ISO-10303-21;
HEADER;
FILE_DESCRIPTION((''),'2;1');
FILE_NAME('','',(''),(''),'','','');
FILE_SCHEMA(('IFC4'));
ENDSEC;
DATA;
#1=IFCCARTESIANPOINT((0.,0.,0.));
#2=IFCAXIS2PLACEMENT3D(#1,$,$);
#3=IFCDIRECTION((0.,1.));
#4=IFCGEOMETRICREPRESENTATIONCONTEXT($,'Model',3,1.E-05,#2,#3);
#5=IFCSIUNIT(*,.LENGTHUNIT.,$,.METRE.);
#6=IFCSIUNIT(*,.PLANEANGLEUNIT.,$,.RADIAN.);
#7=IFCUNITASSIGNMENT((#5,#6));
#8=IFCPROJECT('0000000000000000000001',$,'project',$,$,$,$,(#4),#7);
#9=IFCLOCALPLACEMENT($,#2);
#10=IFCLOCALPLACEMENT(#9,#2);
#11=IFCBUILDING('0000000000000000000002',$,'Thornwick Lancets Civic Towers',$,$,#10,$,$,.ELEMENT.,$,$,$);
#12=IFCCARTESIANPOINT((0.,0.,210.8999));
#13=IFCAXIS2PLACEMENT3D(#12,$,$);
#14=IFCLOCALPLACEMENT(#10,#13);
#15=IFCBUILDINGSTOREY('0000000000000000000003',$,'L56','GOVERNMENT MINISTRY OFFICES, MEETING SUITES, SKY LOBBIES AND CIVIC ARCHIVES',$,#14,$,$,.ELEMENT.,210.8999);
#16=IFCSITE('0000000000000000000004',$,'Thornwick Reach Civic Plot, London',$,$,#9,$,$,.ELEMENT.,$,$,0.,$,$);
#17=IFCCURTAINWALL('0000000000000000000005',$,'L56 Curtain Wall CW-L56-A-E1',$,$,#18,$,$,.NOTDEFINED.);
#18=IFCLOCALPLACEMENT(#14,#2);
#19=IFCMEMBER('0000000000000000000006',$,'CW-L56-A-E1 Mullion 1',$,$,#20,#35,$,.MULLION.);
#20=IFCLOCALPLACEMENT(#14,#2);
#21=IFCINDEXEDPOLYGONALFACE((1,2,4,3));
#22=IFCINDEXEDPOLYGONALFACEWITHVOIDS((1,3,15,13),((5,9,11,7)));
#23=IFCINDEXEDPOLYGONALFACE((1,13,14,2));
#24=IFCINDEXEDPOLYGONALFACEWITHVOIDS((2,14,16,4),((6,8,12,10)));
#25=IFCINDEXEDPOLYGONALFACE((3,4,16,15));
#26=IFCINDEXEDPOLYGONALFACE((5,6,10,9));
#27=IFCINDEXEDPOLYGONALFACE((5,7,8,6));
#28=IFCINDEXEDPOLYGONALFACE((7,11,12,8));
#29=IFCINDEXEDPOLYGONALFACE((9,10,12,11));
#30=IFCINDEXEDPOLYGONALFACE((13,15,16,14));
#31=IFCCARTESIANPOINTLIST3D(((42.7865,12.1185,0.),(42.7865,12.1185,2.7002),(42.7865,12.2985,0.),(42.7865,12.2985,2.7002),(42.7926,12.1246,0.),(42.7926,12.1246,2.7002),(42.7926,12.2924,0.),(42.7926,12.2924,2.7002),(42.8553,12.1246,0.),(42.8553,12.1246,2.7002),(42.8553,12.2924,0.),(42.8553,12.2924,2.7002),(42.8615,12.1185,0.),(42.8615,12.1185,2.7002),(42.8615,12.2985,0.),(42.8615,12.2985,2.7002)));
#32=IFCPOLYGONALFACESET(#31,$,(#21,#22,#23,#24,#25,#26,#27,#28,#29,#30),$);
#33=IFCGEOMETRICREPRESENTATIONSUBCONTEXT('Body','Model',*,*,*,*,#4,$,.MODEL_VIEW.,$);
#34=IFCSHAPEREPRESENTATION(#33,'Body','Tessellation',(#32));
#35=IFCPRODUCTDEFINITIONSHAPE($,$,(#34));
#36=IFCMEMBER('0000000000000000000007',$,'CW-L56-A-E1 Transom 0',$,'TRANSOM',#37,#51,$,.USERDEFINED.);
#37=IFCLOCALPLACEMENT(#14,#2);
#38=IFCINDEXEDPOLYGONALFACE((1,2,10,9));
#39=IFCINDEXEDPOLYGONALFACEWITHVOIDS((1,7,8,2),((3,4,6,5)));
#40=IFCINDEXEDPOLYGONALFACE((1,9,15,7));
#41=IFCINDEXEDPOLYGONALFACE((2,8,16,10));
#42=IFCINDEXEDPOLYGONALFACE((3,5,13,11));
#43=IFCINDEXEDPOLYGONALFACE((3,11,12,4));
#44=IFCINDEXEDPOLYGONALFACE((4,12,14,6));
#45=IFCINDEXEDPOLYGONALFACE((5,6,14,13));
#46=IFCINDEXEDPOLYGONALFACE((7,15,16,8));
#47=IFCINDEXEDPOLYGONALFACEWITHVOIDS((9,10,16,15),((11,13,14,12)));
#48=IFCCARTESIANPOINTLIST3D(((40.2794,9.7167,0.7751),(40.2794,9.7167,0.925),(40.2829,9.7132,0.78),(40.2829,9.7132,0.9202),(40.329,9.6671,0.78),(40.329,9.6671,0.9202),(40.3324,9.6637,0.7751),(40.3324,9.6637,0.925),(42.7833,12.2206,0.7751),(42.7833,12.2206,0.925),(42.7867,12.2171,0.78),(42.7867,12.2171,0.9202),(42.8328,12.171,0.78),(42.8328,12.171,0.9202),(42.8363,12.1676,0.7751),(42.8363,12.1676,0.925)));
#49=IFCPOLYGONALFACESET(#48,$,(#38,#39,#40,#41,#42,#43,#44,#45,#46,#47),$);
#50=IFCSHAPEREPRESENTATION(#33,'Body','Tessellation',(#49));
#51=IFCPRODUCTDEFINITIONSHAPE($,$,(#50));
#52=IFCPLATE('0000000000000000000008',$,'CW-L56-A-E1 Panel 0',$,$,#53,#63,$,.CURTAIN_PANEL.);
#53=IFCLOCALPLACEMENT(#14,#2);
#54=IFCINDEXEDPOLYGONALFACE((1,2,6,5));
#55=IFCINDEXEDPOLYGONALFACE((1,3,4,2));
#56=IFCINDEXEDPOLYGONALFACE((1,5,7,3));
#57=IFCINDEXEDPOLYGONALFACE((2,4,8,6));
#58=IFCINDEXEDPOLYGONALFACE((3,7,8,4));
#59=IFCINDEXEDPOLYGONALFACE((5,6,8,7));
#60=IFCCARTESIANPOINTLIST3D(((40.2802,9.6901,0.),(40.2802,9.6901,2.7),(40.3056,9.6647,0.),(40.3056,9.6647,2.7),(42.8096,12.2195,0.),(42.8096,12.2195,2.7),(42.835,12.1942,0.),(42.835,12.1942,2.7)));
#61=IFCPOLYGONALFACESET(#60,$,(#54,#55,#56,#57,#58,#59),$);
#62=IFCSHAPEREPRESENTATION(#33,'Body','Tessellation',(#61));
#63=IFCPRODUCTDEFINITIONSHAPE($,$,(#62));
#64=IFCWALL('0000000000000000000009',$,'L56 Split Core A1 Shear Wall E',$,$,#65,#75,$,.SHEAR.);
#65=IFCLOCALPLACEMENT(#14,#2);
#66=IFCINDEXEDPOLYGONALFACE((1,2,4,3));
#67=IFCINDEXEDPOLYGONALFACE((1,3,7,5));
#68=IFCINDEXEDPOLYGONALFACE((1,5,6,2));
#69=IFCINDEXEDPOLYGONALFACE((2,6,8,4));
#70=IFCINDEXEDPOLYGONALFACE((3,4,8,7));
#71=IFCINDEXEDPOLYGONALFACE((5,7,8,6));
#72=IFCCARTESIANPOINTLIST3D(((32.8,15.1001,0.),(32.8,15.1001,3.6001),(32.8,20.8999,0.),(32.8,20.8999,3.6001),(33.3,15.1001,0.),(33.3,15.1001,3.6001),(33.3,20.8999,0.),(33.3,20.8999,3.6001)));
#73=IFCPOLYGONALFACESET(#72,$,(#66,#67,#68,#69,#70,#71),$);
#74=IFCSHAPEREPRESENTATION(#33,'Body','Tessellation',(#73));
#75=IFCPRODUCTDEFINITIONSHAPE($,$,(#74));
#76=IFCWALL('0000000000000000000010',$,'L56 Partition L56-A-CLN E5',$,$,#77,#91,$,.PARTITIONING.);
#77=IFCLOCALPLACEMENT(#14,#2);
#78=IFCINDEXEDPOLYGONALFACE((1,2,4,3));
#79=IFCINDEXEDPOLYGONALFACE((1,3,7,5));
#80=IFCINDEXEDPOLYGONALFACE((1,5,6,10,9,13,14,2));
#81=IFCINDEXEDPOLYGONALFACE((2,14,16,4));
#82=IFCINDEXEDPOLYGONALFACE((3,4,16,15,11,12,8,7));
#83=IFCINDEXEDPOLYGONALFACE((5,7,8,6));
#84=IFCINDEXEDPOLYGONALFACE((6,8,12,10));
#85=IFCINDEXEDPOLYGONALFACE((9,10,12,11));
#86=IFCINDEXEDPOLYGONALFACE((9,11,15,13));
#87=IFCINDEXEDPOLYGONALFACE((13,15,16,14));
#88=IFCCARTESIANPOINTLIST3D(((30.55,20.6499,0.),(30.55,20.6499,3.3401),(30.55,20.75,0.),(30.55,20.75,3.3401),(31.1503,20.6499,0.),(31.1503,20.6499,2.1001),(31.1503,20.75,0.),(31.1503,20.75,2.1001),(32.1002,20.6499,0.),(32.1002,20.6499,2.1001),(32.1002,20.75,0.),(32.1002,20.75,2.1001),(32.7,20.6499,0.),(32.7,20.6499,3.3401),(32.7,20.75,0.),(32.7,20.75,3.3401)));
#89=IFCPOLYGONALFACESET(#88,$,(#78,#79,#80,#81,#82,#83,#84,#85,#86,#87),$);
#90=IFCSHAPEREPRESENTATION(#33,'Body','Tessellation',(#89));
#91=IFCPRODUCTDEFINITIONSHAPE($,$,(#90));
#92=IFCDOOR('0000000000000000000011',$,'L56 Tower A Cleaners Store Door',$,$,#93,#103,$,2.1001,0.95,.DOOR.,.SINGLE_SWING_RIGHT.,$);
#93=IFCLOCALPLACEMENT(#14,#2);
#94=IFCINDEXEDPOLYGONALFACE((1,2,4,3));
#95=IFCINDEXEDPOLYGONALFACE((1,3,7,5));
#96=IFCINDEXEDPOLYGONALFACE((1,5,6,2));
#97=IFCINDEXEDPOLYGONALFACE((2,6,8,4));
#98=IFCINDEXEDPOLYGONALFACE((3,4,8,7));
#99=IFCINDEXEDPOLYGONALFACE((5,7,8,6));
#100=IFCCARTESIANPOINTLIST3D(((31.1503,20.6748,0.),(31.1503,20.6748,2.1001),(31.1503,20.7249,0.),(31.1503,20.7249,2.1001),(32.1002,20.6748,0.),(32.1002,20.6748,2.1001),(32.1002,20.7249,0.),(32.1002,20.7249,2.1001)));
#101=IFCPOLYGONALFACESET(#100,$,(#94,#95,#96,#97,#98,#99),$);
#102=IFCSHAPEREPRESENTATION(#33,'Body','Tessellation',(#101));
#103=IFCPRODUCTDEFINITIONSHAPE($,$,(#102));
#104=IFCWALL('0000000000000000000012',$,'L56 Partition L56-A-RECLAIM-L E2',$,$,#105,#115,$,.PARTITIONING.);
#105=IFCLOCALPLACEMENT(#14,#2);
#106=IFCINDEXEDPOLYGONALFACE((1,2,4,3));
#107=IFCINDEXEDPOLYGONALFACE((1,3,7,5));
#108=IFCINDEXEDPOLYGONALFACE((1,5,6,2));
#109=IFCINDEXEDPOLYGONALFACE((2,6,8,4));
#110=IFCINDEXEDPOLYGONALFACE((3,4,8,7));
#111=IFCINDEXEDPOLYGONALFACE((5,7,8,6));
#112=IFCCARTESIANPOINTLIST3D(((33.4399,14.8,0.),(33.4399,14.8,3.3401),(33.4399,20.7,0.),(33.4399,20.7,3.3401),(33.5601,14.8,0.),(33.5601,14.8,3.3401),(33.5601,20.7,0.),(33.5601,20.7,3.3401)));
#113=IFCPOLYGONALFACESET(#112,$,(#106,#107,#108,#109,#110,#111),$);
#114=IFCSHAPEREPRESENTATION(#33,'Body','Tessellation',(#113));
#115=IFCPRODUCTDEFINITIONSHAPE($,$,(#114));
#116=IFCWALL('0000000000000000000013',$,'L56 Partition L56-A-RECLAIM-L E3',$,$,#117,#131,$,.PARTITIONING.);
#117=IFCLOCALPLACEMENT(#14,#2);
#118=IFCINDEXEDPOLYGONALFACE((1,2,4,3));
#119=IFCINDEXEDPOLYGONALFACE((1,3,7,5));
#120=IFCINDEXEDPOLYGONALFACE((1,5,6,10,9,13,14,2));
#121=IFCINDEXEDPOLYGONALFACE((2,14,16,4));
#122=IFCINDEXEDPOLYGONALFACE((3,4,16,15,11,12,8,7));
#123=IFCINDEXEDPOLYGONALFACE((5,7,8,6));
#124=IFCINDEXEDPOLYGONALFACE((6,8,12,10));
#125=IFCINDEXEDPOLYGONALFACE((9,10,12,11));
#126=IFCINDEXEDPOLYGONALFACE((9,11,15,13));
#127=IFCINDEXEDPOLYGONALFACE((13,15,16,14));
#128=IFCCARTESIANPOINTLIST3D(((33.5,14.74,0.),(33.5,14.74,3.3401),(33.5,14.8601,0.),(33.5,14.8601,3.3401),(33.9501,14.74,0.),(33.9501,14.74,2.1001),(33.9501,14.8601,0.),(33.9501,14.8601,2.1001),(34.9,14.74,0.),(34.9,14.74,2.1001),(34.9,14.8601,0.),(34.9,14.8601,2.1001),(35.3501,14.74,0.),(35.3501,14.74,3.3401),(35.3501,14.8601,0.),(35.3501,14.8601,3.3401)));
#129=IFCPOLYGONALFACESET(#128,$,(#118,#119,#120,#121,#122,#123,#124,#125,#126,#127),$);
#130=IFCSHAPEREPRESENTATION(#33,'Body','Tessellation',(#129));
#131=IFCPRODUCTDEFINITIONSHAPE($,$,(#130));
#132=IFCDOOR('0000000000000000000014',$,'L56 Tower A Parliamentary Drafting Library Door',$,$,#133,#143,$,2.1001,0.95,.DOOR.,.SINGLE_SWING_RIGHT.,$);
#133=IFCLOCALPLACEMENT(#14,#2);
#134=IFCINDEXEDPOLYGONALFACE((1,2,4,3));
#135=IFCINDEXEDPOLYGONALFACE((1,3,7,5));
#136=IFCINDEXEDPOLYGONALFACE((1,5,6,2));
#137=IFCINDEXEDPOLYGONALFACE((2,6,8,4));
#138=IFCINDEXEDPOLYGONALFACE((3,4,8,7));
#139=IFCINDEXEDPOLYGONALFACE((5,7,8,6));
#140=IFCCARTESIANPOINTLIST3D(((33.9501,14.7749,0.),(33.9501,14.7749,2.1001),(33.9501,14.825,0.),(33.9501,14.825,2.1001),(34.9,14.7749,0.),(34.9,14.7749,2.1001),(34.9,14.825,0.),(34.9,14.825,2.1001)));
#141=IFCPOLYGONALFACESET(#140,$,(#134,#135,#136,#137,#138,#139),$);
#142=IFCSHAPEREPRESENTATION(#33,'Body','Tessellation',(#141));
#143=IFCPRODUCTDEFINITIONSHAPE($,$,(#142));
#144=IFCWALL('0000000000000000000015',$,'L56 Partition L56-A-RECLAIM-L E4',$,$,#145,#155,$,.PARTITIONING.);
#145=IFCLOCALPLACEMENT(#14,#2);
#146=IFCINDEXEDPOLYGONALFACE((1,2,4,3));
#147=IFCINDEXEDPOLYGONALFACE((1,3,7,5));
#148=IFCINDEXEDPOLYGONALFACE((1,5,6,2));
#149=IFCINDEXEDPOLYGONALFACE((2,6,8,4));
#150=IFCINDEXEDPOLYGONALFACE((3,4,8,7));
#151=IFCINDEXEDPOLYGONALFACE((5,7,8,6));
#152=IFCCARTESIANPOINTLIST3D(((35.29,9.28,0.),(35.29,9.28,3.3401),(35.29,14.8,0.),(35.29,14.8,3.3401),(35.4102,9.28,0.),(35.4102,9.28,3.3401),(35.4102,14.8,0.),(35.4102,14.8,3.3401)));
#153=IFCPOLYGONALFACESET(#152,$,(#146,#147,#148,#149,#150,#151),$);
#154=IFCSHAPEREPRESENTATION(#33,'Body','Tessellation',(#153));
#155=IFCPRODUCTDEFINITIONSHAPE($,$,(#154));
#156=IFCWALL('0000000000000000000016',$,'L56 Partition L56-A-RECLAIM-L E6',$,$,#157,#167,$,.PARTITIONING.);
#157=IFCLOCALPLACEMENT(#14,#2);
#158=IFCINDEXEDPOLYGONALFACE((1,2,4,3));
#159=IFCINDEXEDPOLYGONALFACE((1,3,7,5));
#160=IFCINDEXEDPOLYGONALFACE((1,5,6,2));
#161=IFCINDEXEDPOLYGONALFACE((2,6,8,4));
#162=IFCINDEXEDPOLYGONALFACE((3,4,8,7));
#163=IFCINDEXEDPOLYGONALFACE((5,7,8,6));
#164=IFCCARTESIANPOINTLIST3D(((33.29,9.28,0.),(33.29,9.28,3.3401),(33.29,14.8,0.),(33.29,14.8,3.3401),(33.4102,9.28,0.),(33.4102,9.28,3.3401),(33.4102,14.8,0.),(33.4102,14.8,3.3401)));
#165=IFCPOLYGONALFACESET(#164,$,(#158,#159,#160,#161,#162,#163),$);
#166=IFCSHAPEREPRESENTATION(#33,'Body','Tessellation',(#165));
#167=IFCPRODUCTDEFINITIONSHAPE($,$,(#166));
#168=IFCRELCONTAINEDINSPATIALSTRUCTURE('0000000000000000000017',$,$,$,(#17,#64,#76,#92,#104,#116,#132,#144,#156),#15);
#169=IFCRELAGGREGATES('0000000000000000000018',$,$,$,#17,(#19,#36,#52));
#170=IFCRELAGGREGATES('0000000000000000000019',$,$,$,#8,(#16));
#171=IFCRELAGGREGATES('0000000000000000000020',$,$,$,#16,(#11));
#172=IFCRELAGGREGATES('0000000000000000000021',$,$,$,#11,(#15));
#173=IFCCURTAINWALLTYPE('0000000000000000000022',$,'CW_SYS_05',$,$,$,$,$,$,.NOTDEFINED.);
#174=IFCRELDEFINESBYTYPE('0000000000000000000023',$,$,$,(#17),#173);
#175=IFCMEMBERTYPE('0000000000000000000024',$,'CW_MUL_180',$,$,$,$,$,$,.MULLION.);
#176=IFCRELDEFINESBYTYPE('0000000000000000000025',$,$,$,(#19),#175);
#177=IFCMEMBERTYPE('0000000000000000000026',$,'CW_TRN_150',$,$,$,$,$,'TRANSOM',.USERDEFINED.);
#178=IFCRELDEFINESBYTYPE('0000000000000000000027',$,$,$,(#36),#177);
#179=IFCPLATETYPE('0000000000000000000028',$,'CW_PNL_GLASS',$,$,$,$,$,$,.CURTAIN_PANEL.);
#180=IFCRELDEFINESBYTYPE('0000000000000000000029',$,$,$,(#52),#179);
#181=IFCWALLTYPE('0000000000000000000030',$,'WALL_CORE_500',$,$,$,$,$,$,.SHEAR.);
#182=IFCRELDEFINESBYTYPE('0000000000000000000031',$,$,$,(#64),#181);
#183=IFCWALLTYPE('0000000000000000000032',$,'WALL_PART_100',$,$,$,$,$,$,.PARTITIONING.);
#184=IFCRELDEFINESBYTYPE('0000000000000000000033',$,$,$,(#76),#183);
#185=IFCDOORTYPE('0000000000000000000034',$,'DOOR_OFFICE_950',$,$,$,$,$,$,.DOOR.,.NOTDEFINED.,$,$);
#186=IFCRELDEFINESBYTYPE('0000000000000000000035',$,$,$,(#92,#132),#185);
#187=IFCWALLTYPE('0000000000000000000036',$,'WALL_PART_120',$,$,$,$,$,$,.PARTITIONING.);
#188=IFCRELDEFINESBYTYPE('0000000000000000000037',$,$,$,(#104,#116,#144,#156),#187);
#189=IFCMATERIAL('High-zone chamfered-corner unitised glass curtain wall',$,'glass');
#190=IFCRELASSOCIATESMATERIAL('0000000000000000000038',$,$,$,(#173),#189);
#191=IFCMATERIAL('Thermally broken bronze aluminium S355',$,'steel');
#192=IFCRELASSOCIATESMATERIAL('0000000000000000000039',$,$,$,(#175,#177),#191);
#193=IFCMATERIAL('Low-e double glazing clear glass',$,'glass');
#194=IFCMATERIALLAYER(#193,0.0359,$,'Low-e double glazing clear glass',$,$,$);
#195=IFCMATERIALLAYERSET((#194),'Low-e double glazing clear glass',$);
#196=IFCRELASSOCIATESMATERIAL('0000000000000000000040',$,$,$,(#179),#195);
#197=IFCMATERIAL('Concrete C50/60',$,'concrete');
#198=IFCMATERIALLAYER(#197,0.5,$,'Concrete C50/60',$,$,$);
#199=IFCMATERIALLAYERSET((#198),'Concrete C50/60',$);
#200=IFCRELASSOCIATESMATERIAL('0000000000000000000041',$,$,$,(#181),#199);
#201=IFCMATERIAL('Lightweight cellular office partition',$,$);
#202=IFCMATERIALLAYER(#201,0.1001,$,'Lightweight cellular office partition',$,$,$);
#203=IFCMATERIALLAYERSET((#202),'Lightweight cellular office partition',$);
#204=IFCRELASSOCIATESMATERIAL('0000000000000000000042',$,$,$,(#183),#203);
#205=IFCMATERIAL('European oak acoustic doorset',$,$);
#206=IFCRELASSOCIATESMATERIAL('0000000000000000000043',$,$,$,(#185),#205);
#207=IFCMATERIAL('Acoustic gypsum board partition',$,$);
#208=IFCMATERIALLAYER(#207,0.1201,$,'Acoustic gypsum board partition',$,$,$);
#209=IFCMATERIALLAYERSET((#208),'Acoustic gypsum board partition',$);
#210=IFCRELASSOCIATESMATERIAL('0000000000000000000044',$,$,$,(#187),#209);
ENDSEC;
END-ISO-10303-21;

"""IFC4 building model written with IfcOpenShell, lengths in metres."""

from ifc_helpers import new_model, si_unit, direction, frame, frame_2d, origin, origin_2d, place, context, subcontext, project, spatial, rectangle, hollow_rectangle, extrude, material, layer, layer_set, material_profile, profile_set, type_object, element, fill, aggregate, save


model = new_model("IFC4")

# Units and contexts
model_context = context("Model", 3, precision=1e-05, world=origin(), true_north=direction((0.0, 1.0)))
body_context = subcontext(model_context, "Body", "Model", "MODEL_VIEW")
ifc_project = project(units=[si_unit("LENGTHUNIT", "METRE"), si_unit("PLANEANGLEUNIT", "RADIAN")], contexts=[model_context])

# Site, building, storey
site_placement = place(None, origin())
site = spatial("IfcSite", under=ifc_project, at=site_placement, Name="Thornwick Reach Civic Plot, London", CompositionType="ELEMENT", RefElevation=0.0)
building_placement = place(site_placement, origin())
building = spatial("IfcBuilding", under=site, at=building_placement, Name="Thornwick Lancets Civic Towers", CompositionType="ELEMENT")
storey_placement = place(building_placement, frame((0.0, 0.0, 210.8999)))
storey = spatial("IfcBuildingStorey", under=building, at=storey_placement, Name="L56", Description="GOVERNMENT MINISTRY OFFICES, MEETING SUITES, SKY LOBBIES AND CIVIC ARCHIVES", CompositionType="ELEMENT", Elevation=210.8999)

# Shared definitions
ifc_material_1 = material(Name="Concrete C50/60", Category="concrete")

# Curtain wall, members, plate
ifc_material_2 = material(Name="High-zone chamfered-corner unitised glass curtain wall", Category="glass")
curtain_wall_type = type_object("IfcCurtainWallType", Name="CW_SYS_05", PredefinedType="NOTDEFINED", material=ifc_material_2)
curtain_wall_placement = place(storey_placement, origin())
curtain_wall = element("IfcCurtainWall", 1, at=curtain_wall_placement, inside=storey, type_object=curtain_wall_type, Name="L56 Curtain Wall CW-L56-A-E1", PredefinedType="NOTDEFINED")
ifc_material_3 = material(Name="Thermally broken bronze aluminium S355", Category="steel")
ifc_material_profile_1 = material_profile(ifc_material_3, hollow_rectangle(XDim=0.075, YDim=0.1799, WallThickness=0.0061, at=origin_2d()), Name="RHS 180x75x6")
ifc_profile_set_1 = profile_set([ifc_material_profile_1], Name="Thermally broken bronze aluminium S355")
member_type_1 = type_object("IfcMemberType", Name="CW_MUL_180", PredefinedType="MULLION", material=ifc_profile_set_1)
member_1_placement = place(storey_placement, frame((42.824, 12.2085, 0.0), z_axis=(0.0, 0.0, 1.0), x_axis=(1.0, 0.0, 0.0)))
member_1 = element("IfcMember", 2, at=member_1_placement, type_object=member_type_1, Name="CW-L56-A-E1 Mullion 1", PredefinedType="MULLION", context=body_context, shape_type="SweptSolid", body=[
    extrude(hollow_rectangle(XDim=0.075, YDim=0.1799, WallThickness=0.0061, at=origin_2d()), origin(), (0.0, 0.0, 1.0), 2.7002),
])
ifc_material_profile_2 = material_profile(ifc_material_3, hollow_rectangle(XDim=0.075, YDim=0.1499, WallThickness=0.0049, at=origin_2d()), Name="RHS 150x75x5")
ifc_profile_set_2 = profile_set([ifc_material_profile_2], Name="Thermally broken bronze aluminium S355")
member_type_2 = type_object("IfcMemberType", Name="CW_TRN_150", ElementType="TRANSOM", PredefinedType="USERDEFINED", material=ifc_profile_set_2)
member_2_placement = place(storey_placement, frame((40.3059, 9.6902, 0.8501), z_axis=(0.707107, 0.707107, 0.0), x_axis=(-0.707107, 0.707107, 0.0)))
member_2 = element("IfcMember", 3, at=member_2_placement, type_object=member_type_2, Name="CW-L56-A-E1 Transom 0", ObjectType="TRANSOM", PredefinedType="USERDEFINED", context=body_context, shape_type="SweptSolid", body=[
    extrude(hollow_rectangle(XDim=0.075, YDim=0.1499, WallThickness=0.0049, at=origin_2d()), origin(), (0.0, 0.0, 1.0), 3.541),
])
ifc_material_4 = material(Name="Low-e double glazing clear glass", Category="glass")
ifc_layer_1 = layer(ifc_material_4, 0.0359, Name="Low-e double glazing clear glass")
ifc_layer_set_1 = layer_set([ifc_layer_1], Name="Low-e double glazing clear glass")
plate_type = type_object("IfcPlateType", Name="CW_PNL_GLASS", PredefinedType="CURTAIN_PANEL", material=ifc_layer_set_1)
plate_placement = place(storey_placement, frame((41.5576, 10.9421, 0.0), z_axis=(0.0, 0.0, 1.0), x_axis=(0.707107, 0.707107, 0.0)))
plate = element("IfcPlate", 4, at=plate_placement, type_object=plate_type, Name="CW-L56-A-E1 Panel 0", PredefinedType="CURTAIN_PANEL", context=body_context, shape_type="SweptSolid", body=[
    extrude(rectangle(XDim=3.5771, YDim=0.0359, at=origin_2d()), origin(), (0.0, 0.0, 1.0), 2.7),
])
aggregate(curtain_wall, [member_1, member_2, plate])

# Wall
ifc_layer_2 = layer(ifc_material_1, 0.5, Name="Concrete C50/60")
ifc_layer_set_2 = layer_set([ifc_layer_2], Name="Concrete C50/60")
wall_type_1 = type_object("IfcWallType", Name="WALL_CORE_500", PredefinedType="SHEAR", material=ifc_layer_set_2)
wall_1_placement = place(storey_placement, frame((33.05, 15.1001, 0.0), z_axis=(0.0, 0.0, 1.0), x_axis=(0.0, 1.0, 0.0)))
element("IfcWall", 5, at=wall_1_placement, inside=storey, type_object=wall_type_1, Name="L56 Split Core A1 Shear Wall E", PredefinedType="SHEAR", context=body_context, shape_type="SweptSolid", body=[
    extrude(rectangle(XDim=5.7998, YDim=0.5, at=frame_2d((2.8999, 0.0))), origin(), (0.0, 0.0, 1.0), 3.6001),
])

# Wall, opening, door
ifc_material_5 = material(Name="Lightweight cellular office partition")
ifc_layer_3 = layer(ifc_material_5, 0.1001, Name="Lightweight cellular office partition")
ifc_layer_set_3 = layer_set([ifc_layer_3], Name="Lightweight cellular office partition")
wall_type_2 = type_object("IfcWallType", Name="WALL_PART_100", PredefinedType="PARTITIONING", material=ifc_layer_set_3)
wall_2_placement = place(storey_placement, frame((30.55, 20.7, 0.0), z_axis=(0.0, 0.0, 1.0), x_axis=(1.0, 0.0, 0.0)))
wall_2 = element("IfcWall", 6, at=wall_2_placement, inside=storey, type_object=wall_type_2, Name="L56 Partition L56-A-CLN E5", PredefinedType="PARTITIONING", context=body_context, shape_type="SweptSolid", body=[
    extrude(rectangle(XDim=2.1499, YDim=0.1001, at=frame_2d((1.075, 0.0))), origin(), (0.0, 0.0, 1.0), 3.3401),
])
opening_1_placement = place(wall_2_placement, frame((0.6001, 0.0, 0.0)))
opening_1 = element("IfcOpeningElement", 7, at=opening_1_placement, cuts=wall_2, PredefinedType="OPENING", context=body_context, shape_type="SweptSolid", body=[
    extrude(rectangle(XDim=0.95, YDim=2.1001, at=frame_2d((0.4751, 1.05))), frame((0.0, 0.0601, 0.0), z_axis=(0.0, -1.0, 0.0), x_axis=(1.0, 0.0, 0.0)), (0.0, 0.0, 1.0), 0.1201),
])
ifc_material_6 = material(Name="European oak acoustic doorset")
door_type_1 = type_object("IfcDoorType", Name="DOOR_OFFICE_950", OperationType="NOTDEFINED", PredefinedType="DOOR", material=ifc_material_6)
door_1_placement = place(opening_1_placement, origin())
door_1 = element("IfcDoor", 8, at=door_1_placement, inside=storey, type_object=door_type_1, Name="L56 Tower A Cleaners Store Door", OperationType="SINGLE_SWING_RIGHT", OverallHeight=2.1001, OverallWidth=0.95, PredefinedType="DOOR", context=body_context, shape_type="SweptSolid", body=[
    extrude(rectangle(XDim=0.95, YDim=2.1001, at=frame_2d((0.4751, 1.05))), frame((0.0, 0.0249, 0.0), z_axis=(0.0, -1.0, 0.0), x_axis=(1.0, 0.0, 0.0)), (0.0, 0.0, 1.0), 0.05),
])
fill(opening_1, door_1)

# Wall
ifc_material_7 = material(Name="Acoustic gypsum board partition")
ifc_layer_4 = layer(ifc_material_7, 0.1201, Name="Acoustic gypsum board partition")
ifc_layer_set_4 = layer_set([ifc_layer_4], Name="Acoustic gypsum board partition")
wall_type_3 = type_object("IfcWallType", Name="WALL_PART_120", PredefinedType="PARTITIONING", material=ifc_layer_set_4)
wall_3_placement = place(storey_placement, frame((33.5, 20.7, 0.0), z_axis=(0.0, 0.0, 1.0), x_axis=(0.0, -1.0, 0.0)))
element("IfcWall", 9, at=wall_3_placement, inside=storey, type_object=wall_type_3, Name="L56 Partition L56-A-RECLAIM-L E2", PredefinedType="PARTITIONING", context=body_context, shape_type="SweptSolid", body=[
    extrude(rectangle(XDim=5.8999, YDim=0.1201, at=frame_2d((2.95, 0.0))), origin(), (0.0, 0.0, 1.0), 3.3401),
])

# Wall, opening, door
wall_4_placement = place(storey_placement, frame((33.5, 14.8, 0.0), z_axis=(0.0, 0.0, 1.0), x_axis=(1.0, 0.0, 0.0)))
wall_4 = element("IfcWall", 10, at=wall_4_placement, inside=storey, type_object=wall_type_3, Name="L56 Partition L56-A-RECLAIM-L E3", PredefinedType="PARTITIONING", context=body_context, shape_type="SweptSolid", body=[
    extrude(rectangle(XDim=1.8501, YDim=0.1201, at=frame_2d((0.925, 0.0))), origin(), (0.0, 0.0, 1.0), 3.3401),
])
opening_2_placement = place(wall_4_placement, frame((0.45, 0.0, 0.0)))
opening_2 = element("IfcOpeningElement", 11, at=opening_2_placement, cuts=wall_4, PredefinedType="OPENING", context=body_context, shape_type="SweptSolid", body=[
    extrude(rectangle(XDim=0.95, YDim=2.1001, at=frame_2d((0.4751, 1.05))), frame((0.0, 0.0701, 0.0), z_axis=(0.0, -1.0, 0.0), x_axis=(1.0, 0.0, 0.0)), (0.0, 0.0, 1.0), 0.1401),
])
door_2_placement = place(opening_2_placement, origin())
door_2 = element("IfcDoor", 12, at=door_2_placement, inside=storey, type_object=door_type_1, Name="L56 Tower A Parliamentary Drafting Library Door", OperationType="SINGLE_SWING_RIGHT", OverallHeight=2.1001, OverallWidth=0.95, PredefinedType="DOOR", context=body_context, shape_type="SweptSolid", body=[
    extrude(rectangle(XDim=0.95, YDim=2.1001, at=frame_2d((0.4751, 1.05))), frame((0.0, 0.0249, 0.0), z_axis=(0.0, -1.0, 0.0), x_axis=(1.0, 0.0, 0.0)), (0.0, 0.0, 1.0), 0.05),
])
fill(opening_2, door_2)

# Walls
for number, where, z_axis, x_axis, name in (
    (13, (35.3501, 14.8, 0.0), (0.0, 0.0, 1.0), (0.0, -1.0, 0.0), "L56 Partition L56-A-RECLAIM-L E4"),
    (14, (33.3501, 9.28, 0.0), (0.0, 0.0, 1.0), (0.0, 1.0, 0.0), "L56 Partition L56-A-RECLAIM-L E6"),
):
    element("IfcWall", number, at=place(storey_placement, frame(where, z_axis=z_axis, x_axis=x_axis)), inside=storey, type_object=wall_type_3, Name=name, PredefinedType="PARTITIONING", context=body_context, shape_type="SweptSolid", body=[
        extrude(rectangle(XDim=5.52, YDim=0.1201, at=frame_2d((2.76, 0.0))), origin(), (0.0, 0.0, 1.0), 3.3401),
    ])

save(model, "model.ifc")
